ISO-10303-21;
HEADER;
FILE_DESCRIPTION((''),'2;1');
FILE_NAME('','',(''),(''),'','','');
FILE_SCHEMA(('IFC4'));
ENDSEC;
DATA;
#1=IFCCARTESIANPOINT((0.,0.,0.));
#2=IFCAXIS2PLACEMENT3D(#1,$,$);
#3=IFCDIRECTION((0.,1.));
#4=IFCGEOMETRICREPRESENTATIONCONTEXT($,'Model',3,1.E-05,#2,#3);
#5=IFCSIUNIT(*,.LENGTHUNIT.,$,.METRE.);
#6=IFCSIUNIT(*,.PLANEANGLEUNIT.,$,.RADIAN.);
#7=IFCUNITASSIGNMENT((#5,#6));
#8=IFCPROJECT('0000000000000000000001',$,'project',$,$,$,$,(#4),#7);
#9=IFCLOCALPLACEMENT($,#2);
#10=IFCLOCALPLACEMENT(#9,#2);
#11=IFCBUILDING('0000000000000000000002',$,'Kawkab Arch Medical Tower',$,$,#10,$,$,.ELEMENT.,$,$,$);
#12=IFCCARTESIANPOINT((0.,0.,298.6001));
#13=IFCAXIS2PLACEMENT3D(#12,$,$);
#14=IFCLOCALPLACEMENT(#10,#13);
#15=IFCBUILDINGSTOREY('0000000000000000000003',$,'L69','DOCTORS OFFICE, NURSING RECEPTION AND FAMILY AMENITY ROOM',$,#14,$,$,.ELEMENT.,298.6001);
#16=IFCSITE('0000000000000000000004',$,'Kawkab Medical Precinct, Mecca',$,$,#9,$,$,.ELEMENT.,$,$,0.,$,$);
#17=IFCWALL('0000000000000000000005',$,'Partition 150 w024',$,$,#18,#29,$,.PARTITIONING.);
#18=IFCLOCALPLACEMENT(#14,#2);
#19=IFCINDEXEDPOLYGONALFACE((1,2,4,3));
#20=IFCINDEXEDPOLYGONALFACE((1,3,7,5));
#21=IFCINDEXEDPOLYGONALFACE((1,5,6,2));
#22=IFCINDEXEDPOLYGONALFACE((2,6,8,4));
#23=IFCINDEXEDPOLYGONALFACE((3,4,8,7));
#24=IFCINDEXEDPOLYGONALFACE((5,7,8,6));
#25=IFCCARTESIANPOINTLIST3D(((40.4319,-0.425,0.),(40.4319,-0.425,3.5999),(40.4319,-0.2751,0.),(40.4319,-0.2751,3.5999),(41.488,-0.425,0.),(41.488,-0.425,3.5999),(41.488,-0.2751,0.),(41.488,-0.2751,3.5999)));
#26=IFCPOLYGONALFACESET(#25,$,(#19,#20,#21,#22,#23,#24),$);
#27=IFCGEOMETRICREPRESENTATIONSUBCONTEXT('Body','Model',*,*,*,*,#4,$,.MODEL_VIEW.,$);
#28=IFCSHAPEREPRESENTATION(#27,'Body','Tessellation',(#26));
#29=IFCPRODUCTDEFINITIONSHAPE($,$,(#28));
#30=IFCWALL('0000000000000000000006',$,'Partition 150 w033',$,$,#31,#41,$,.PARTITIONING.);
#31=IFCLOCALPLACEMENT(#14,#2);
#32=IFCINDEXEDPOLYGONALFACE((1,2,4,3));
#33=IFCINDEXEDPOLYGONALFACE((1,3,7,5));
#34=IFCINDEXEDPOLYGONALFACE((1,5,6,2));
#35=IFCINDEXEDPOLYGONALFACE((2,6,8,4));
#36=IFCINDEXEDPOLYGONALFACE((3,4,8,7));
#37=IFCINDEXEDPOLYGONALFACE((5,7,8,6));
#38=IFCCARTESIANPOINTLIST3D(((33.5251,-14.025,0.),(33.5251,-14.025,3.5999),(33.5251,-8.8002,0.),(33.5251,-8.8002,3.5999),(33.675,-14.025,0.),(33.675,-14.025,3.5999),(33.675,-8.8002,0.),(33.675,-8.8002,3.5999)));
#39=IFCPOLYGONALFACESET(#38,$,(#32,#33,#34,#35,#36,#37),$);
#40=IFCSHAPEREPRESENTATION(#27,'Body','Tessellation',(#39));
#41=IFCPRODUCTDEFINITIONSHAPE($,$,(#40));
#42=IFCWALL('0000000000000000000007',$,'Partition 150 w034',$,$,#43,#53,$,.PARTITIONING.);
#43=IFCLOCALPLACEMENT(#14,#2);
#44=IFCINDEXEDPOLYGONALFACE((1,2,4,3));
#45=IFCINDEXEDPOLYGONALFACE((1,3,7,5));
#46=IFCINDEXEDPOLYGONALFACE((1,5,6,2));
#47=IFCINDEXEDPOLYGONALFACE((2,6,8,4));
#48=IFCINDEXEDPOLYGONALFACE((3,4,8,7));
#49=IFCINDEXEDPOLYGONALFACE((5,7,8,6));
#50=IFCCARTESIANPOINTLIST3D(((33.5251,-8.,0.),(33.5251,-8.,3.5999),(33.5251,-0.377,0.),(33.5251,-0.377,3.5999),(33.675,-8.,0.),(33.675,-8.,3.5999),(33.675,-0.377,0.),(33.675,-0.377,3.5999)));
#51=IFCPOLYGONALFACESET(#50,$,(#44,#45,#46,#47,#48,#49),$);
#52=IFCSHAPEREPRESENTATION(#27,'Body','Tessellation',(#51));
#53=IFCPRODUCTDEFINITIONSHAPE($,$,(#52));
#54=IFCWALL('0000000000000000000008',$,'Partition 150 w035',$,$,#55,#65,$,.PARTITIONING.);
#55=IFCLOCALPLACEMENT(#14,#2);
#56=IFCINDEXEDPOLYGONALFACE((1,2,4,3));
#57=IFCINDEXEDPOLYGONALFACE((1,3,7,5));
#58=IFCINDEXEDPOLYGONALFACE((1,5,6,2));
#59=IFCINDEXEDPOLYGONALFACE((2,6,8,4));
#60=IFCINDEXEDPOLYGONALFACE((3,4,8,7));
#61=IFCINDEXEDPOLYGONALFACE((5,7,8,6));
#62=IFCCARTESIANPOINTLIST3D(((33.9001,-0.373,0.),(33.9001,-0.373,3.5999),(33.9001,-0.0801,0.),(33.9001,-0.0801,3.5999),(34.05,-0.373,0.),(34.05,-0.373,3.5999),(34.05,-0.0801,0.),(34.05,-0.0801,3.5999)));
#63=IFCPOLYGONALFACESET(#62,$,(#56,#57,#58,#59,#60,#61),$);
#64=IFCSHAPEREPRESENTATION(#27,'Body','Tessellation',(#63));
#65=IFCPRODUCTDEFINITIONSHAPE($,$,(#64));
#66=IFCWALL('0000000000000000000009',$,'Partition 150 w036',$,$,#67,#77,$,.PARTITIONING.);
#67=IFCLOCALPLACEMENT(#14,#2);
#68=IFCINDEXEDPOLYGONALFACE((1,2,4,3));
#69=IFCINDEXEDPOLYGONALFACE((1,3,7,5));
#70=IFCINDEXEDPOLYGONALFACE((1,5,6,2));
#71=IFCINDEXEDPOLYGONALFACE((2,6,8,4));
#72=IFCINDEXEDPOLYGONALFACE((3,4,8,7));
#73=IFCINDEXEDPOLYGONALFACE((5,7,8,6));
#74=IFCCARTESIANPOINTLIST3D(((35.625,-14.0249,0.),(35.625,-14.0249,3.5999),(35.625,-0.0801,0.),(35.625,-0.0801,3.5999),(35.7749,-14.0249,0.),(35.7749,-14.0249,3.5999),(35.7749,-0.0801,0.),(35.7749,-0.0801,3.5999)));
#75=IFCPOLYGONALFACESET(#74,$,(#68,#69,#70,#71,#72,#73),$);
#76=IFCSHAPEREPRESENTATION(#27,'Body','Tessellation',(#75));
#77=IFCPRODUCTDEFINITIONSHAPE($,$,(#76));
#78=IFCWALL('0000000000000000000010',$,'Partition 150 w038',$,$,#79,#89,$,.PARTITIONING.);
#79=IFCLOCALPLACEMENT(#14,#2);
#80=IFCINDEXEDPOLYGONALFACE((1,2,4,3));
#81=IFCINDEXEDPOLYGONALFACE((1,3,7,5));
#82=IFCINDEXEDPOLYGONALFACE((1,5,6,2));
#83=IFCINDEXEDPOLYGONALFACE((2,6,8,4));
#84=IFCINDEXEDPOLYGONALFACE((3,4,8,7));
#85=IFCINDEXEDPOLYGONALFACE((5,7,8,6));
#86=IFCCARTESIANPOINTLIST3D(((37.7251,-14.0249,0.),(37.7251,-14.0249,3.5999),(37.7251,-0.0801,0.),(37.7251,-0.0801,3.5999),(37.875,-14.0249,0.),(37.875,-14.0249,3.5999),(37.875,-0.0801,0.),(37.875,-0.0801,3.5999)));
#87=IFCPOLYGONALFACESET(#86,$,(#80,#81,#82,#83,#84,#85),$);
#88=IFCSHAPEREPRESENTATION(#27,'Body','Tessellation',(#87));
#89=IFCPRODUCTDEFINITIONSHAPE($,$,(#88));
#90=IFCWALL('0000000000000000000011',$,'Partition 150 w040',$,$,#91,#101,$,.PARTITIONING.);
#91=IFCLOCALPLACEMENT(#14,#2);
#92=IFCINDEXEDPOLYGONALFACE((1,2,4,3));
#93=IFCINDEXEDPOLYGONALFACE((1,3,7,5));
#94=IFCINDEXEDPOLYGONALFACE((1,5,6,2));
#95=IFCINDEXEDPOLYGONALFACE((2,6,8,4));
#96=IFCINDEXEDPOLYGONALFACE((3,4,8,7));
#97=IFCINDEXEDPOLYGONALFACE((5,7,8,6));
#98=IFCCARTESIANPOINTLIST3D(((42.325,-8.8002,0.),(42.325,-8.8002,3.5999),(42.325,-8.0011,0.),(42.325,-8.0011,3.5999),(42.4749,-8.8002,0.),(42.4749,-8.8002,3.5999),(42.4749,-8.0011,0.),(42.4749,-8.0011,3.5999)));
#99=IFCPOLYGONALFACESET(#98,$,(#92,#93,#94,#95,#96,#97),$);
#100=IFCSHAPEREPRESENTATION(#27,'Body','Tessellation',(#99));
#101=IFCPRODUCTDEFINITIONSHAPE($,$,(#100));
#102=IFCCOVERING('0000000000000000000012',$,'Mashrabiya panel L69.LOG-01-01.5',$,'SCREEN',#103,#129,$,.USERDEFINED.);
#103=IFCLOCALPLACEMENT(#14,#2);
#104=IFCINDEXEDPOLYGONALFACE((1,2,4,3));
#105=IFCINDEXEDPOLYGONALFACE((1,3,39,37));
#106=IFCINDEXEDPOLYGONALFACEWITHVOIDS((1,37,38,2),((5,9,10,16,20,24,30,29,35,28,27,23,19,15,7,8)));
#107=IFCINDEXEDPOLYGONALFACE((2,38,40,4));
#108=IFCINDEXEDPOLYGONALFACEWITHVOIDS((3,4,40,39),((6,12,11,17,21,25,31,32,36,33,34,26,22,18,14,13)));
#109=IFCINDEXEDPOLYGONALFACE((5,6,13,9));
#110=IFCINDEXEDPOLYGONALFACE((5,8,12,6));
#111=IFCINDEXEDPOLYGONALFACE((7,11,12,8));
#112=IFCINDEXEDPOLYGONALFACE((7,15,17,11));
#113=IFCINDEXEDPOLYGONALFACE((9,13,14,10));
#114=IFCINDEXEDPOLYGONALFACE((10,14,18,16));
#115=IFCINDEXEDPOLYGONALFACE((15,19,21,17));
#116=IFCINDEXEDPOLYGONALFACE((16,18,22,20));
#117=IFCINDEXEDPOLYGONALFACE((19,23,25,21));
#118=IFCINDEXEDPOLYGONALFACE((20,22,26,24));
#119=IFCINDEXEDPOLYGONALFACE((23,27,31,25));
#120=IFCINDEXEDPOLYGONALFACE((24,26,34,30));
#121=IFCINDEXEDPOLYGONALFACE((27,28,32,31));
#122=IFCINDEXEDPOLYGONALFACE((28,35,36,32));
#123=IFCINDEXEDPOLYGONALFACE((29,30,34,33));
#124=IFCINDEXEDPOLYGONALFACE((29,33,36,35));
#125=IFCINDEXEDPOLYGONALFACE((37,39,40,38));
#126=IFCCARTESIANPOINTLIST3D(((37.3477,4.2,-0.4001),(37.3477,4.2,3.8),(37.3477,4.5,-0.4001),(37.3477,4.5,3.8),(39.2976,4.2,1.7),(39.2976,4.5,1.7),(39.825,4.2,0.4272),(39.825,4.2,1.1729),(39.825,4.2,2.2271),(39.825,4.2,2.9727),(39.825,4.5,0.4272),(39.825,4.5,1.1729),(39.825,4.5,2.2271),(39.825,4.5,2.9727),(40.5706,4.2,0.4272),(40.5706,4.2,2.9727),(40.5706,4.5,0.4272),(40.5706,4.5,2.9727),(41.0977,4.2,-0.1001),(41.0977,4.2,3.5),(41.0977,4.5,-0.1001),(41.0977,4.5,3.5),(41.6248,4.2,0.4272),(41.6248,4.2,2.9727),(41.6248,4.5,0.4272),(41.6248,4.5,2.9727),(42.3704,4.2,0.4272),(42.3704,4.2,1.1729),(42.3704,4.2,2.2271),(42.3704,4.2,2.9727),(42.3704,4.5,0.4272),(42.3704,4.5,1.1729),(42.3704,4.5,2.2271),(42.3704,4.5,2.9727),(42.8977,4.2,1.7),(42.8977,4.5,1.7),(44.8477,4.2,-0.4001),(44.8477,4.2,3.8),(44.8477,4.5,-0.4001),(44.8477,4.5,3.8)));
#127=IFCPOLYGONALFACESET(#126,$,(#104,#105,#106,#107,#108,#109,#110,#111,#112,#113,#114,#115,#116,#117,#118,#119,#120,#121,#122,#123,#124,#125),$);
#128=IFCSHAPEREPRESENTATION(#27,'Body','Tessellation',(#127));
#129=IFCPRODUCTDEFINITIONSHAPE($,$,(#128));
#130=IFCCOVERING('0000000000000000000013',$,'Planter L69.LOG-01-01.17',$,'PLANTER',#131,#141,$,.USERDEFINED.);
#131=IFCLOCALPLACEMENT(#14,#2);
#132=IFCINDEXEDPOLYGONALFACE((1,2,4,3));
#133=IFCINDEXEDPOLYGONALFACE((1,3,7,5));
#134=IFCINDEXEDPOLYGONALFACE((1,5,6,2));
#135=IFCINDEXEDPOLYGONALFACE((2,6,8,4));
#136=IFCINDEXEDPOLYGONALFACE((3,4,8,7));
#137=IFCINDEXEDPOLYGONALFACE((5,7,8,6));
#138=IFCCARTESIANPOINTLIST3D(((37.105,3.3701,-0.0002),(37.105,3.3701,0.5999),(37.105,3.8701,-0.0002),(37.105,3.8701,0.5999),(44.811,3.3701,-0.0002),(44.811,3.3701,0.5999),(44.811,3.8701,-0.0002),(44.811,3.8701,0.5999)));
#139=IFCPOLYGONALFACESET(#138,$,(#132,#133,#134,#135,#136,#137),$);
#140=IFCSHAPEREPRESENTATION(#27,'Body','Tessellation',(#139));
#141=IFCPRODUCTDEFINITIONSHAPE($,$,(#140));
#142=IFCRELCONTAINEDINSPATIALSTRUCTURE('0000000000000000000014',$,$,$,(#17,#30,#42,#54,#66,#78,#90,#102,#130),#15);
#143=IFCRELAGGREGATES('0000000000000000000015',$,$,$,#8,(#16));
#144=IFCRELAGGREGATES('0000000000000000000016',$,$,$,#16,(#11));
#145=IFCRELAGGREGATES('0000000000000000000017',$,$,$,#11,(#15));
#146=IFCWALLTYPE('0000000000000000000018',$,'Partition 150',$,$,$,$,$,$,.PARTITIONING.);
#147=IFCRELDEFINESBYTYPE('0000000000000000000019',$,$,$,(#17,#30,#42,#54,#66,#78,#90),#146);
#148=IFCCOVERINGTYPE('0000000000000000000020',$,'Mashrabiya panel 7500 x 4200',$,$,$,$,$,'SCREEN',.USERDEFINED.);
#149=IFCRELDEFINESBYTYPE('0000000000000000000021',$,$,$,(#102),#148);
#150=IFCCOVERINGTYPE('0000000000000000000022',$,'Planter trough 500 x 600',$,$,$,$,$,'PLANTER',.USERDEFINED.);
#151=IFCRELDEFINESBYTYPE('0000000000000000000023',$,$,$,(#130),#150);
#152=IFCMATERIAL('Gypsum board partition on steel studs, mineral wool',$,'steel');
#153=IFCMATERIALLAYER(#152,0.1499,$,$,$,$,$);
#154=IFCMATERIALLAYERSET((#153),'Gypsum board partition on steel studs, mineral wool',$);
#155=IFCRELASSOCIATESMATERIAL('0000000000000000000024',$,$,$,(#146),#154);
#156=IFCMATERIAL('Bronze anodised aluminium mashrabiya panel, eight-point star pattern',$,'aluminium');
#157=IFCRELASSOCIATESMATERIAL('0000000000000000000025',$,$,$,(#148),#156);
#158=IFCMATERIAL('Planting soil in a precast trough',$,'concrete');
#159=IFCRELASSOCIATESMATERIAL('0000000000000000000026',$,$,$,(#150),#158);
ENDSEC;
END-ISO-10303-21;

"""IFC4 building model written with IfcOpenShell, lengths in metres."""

from ifc_helpers import new_model, si_unit, direction, frame, frame_2d, origin, origin_2d, place, context, subcontext, project, spatial, polyline, rectangle, outline, extrude, material, layer, layer_set, material_profile, profile_set, type_object, element, save


model = new_model("IFC4")

# Units and contexts
model_context = context("Model", 3, precision=1e-05, world=origin(), true_north=direction((0.0, 1.0)))
body_context = subcontext(model_context, "Body", "Model", "MODEL_VIEW")
ifc_project = project(units=[si_unit("LENGTHUNIT", "METRE"), si_unit("PLANEANGLEUNIT", "RADIAN")], contexts=[model_context])

# Site, building, storey
site_placement = place(None, origin())
site = spatial("IfcSite", under=ifc_project, at=site_placement, Name="Kawkab Medical Precinct, Mecca", CompositionType="ELEMENT", RefElevation=0.0)
building_placement = place(site_placement, origin())
building = spatial("IfcBuilding", under=site, at=building_placement, Name="Kawkab Arch Medical Tower", CompositionType="ELEMENT")
storey_placement = place(building_placement, frame((0.0, 0.0, 298.6001)))
storey = spatial("IfcBuildingStorey", under=building, at=storey_placement, Name="L69", Description="DOCTORS OFFICE, NURSING RECEPTION AND FAMILY AMENITY ROOM", CompositionType="ELEMENT", Elevation=298.6001)

# Walls
ifc_material_1 = material(Name="Gypsum board partition on steel studs, mineral wool", Category="steel")
ifc_layer_1 = layer(ifc_material_1, 0.1499)
ifc_layer_set_1 = layer_set([ifc_layer_1], Name="Gypsum board partition on steel studs, mineral wool")
wall_type_1 = type_object("IfcWallType", Name="Partition 150", PredefinedType="PARTITIONING", material=ifc_layer_set_1)
wall_1_placement = place(storey_placement, frame((40.4319, -0.3501, 0.0), z_axis=(0.0, 0.0, 1.0), x_axis=(1.0, 0.0, 0.0)))
element("IfcWall", 1, at=wall_1_placement, inside=storey, type_object=wall_type_1, Name="Partition 150 w024", PredefinedType="PARTITIONING", context=body_context, shape_type="SweptSolid", body=[
    extrude(rectangle(XDim=1.0562, YDim=0.1499, at=frame_2d((0.5281, 0.0))), origin(), (0.0, 0.0, 1.0), 3.5999),
])
wall_2_placement = place(storey_placement, frame((33.6001, -14.0249, 0.0), z_axis=(0.0, 0.0, 1.0), x_axis=(0.0, 1.0, 0.0)))
element("IfcWall", 2, at=wall_2_placement, inside=storey, type_object=wall_type_1, Name="Partition 150 w033", PredefinedType="PARTITIONING", context=body_context, shape_type="SweptSolid", body=[
    extrude(rectangle(XDim=5.2249, YDim=0.1499, at=frame_2d((2.6123, 0.0))), origin(), (0.0, 0.0, 1.0), 3.5999),
])
wall_3_placement = place(storey_placement, frame((33.6001, -8.0, 0.0), z_axis=(0.0, 0.0, 1.0), x_axis=(0.0, 1.0, 0.0)))
element("IfcWall", 3, at=wall_3_placement, inside=storey, type_object=wall_type_1, Name="Partition 150 w034", PredefinedType="PARTITIONING", context=body_context, shape_type="SweptSolid", body=[
    extrude(rectangle(XDim=7.623, YDim=0.1499, at=frame_2d((3.8115, 0.0))), origin(), (0.0, 0.0, 1.0), 3.5999),
])
wall_4_placement = place(storey_placement, frame((33.9751, -0.373, 0.0), z_axis=(0.0, 0.0, 1.0), x_axis=(0.0, 1.0, 0.0)))
element("IfcWall", 4, at=wall_4_placement, inside=storey, type_object=wall_type_1, Name="Partition 150 w035", PredefinedType="PARTITIONING", context=body_context, shape_type="SweptSolid", body=[
    extrude(rectangle(XDim=0.293, YDim=0.1499, at=frame_2d((0.1465, 0.0))), origin(), (0.0, 0.0, 1.0), 3.5999),
])
for number, where, z_axis, x_axis, name in (
    (5, (35.7, -14.0249, 0.0), (0.0, 0.0, 1.0), (0.0, 1.0, 0.0), "Partition 150 w036"),
    (6, (37.8, -14.0249, 0.0), (0.0, 0.0, 1.0), (0.0, 1.0, 0.0), "Partition 150 w038"),
):
    element("IfcWall", number, at=place(storey_placement, frame(where, z_axis=z_axis, x_axis=x_axis)), inside=storey, type_object=wall_type_1, Name=name, PredefinedType="PARTITIONING", context=body_context, shape_type="SweptSolid", body=[
        extrude(rectangle(XDim=13.9448, YDim=0.1499, at=frame_2d((6.9724, 0.0))), origin(), (0.0, 0.0, 1.0), 3.5999),
    ])
wall_5_placement = place(storey_placement, frame((42.3999, -8.8, 0.0), z_axis=(0.0, 0.0, 1.0), x_axis=(0.0, 1.0, 0.0)))
element("IfcWall", 7, at=wall_5_placement, inside=storey, type_object=wall_type_1, Name="Partition 150 w040", PredefinedType="PARTITIONING", context=body_context, shape_type="SweptSolid", body=[
    extrude(rectangle(XDim=0.7991, YDim=0.1499, at=frame_2d((0.3994, 0.0))), origin(), (0.0, 0.0, 1.0), 3.5999),
])

# Coverings
ifc_material_2 = material(Name="Bronze anodised aluminium mashrabiya panel, eight-point star pattern", Category="aluminium")
ifc_material_profile_1 = material_profile(ifc_material_2, outline(polyline([(-3.75, -2.1001), (3.75, -2.1001), (3.75, 2.1001), (-3.75, 2.1001), (-3.75, -2.1001)]), holes=[polyline([(1.8, 0.0), (1.2727, 0.5271), (1.2727, 1.2727), (0.5271, 1.2727), (0.0, 1.8), (-0.5271, 1.2727), (-1.2727, 1.2727), (-1.2727, 0.5271), (-1.8, 0.0), (-1.2727, -0.5271), (-1.2727, -1.2727), (-0.5271, -1.2727), (0.0, -1.8), (0.5271, -1.2727), (1.2727, -1.2727), (1.2727, -0.5271), (1.8, 0.0)])]), Name="Mashrabiya panel 7500x4200")
ifc_profile_set_1 = profile_set([ifc_material_profile_1], Name="Bronze anodised aluminium mashrabiya panel, eight-point star pattern")
covering_type_1 = type_object("IfcCoveringType", Name="Mashrabiya panel 7500 x 4200", ElementType="SCREEN", PredefinedType="USERDEFINED", material=ifc_profile_set_1)
covering_1_placement = place(storey_placement, frame((41.0977, 4.2, 1.7), z_axis=(0.0, 1.0, 0.0), x_axis=(-1.0, 0.0, 0.0)))
element("IfcCovering", 8, at=covering_1_placement, inside=storey, type_object=covering_type_1, Name="Mashrabiya panel L69.LOG-01-01.5", ObjectType="SCREEN", PredefinedType="USERDEFINED", context=body_context, shape_type="SweptSolid", body=[
    extrude(outline(polyline([(-3.75, -2.1001), (3.75, -2.1001), (3.75, 2.1001), (-3.75, 2.1001), (-3.75, -2.1001)]), holes=[polyline([(1.8, 0.0), (1.2727, 0.5271), (1.2727, 1.2727), (0.5271, 1.2727), (0.0, 1.8), (-0.5271, 1.2727), (-1.2727, 1.2727), (-1.2727, 0.5271), (-1.8, 0.0), (-1.2727, -0.5271), (-1.2727, -1.2727), (-0.5271, -1.2727), (0.0, -1.8), (0.5271, -1.2727), (1.2727, -1.2727), (1.2727, -0.5271), (1.8, 0.0)])]), origin(), (0.0, 0.0, 1.0), 0.3),
])
ifc_material_3 = material(Name="Planting soil in a precast trough", Category="concrete")
ifc_material_profile_2 = material_profile(ifc_material_3, rectangle(XDim=0.5, YDim=0.6001, at=origin_2d()), Name="Trough 500x600")
ifc_profile_set_2 = profile_set([ifc_material_profile_2], Name="Planting soil in a precast trough")
covering_type_2 = type_object("IfcCoveringType", Name="Planter trough 500 x 600", ElementType="PLANTER", PredefinedType="USERDEFINED", material=ifc_profile_set_2)
covering_2_placement = place(storey_placement, frame((37.105, 3.6201, 0.2998), z_axis=(1.0, 0.0, 0.0), x_axis=(0.0, 1.0, 0.0)))
element("IfcCovering", 9, at=covering_2_placement, inside=storey, type_object=covering_type_2, Name="Planter L69.LOG-01-01.17", ObjectType="PLANTER", PredefinedType="USERDEFINED", context=body_context, shape_type="SweptSolid", body=[
    extrude(rectangle(XDim=0.5, YDim=0.6001, at=origin_2d()), origin(), (0.0, 0.0, 1.0), 7.7061),
])

save(model, "model.ifc")
